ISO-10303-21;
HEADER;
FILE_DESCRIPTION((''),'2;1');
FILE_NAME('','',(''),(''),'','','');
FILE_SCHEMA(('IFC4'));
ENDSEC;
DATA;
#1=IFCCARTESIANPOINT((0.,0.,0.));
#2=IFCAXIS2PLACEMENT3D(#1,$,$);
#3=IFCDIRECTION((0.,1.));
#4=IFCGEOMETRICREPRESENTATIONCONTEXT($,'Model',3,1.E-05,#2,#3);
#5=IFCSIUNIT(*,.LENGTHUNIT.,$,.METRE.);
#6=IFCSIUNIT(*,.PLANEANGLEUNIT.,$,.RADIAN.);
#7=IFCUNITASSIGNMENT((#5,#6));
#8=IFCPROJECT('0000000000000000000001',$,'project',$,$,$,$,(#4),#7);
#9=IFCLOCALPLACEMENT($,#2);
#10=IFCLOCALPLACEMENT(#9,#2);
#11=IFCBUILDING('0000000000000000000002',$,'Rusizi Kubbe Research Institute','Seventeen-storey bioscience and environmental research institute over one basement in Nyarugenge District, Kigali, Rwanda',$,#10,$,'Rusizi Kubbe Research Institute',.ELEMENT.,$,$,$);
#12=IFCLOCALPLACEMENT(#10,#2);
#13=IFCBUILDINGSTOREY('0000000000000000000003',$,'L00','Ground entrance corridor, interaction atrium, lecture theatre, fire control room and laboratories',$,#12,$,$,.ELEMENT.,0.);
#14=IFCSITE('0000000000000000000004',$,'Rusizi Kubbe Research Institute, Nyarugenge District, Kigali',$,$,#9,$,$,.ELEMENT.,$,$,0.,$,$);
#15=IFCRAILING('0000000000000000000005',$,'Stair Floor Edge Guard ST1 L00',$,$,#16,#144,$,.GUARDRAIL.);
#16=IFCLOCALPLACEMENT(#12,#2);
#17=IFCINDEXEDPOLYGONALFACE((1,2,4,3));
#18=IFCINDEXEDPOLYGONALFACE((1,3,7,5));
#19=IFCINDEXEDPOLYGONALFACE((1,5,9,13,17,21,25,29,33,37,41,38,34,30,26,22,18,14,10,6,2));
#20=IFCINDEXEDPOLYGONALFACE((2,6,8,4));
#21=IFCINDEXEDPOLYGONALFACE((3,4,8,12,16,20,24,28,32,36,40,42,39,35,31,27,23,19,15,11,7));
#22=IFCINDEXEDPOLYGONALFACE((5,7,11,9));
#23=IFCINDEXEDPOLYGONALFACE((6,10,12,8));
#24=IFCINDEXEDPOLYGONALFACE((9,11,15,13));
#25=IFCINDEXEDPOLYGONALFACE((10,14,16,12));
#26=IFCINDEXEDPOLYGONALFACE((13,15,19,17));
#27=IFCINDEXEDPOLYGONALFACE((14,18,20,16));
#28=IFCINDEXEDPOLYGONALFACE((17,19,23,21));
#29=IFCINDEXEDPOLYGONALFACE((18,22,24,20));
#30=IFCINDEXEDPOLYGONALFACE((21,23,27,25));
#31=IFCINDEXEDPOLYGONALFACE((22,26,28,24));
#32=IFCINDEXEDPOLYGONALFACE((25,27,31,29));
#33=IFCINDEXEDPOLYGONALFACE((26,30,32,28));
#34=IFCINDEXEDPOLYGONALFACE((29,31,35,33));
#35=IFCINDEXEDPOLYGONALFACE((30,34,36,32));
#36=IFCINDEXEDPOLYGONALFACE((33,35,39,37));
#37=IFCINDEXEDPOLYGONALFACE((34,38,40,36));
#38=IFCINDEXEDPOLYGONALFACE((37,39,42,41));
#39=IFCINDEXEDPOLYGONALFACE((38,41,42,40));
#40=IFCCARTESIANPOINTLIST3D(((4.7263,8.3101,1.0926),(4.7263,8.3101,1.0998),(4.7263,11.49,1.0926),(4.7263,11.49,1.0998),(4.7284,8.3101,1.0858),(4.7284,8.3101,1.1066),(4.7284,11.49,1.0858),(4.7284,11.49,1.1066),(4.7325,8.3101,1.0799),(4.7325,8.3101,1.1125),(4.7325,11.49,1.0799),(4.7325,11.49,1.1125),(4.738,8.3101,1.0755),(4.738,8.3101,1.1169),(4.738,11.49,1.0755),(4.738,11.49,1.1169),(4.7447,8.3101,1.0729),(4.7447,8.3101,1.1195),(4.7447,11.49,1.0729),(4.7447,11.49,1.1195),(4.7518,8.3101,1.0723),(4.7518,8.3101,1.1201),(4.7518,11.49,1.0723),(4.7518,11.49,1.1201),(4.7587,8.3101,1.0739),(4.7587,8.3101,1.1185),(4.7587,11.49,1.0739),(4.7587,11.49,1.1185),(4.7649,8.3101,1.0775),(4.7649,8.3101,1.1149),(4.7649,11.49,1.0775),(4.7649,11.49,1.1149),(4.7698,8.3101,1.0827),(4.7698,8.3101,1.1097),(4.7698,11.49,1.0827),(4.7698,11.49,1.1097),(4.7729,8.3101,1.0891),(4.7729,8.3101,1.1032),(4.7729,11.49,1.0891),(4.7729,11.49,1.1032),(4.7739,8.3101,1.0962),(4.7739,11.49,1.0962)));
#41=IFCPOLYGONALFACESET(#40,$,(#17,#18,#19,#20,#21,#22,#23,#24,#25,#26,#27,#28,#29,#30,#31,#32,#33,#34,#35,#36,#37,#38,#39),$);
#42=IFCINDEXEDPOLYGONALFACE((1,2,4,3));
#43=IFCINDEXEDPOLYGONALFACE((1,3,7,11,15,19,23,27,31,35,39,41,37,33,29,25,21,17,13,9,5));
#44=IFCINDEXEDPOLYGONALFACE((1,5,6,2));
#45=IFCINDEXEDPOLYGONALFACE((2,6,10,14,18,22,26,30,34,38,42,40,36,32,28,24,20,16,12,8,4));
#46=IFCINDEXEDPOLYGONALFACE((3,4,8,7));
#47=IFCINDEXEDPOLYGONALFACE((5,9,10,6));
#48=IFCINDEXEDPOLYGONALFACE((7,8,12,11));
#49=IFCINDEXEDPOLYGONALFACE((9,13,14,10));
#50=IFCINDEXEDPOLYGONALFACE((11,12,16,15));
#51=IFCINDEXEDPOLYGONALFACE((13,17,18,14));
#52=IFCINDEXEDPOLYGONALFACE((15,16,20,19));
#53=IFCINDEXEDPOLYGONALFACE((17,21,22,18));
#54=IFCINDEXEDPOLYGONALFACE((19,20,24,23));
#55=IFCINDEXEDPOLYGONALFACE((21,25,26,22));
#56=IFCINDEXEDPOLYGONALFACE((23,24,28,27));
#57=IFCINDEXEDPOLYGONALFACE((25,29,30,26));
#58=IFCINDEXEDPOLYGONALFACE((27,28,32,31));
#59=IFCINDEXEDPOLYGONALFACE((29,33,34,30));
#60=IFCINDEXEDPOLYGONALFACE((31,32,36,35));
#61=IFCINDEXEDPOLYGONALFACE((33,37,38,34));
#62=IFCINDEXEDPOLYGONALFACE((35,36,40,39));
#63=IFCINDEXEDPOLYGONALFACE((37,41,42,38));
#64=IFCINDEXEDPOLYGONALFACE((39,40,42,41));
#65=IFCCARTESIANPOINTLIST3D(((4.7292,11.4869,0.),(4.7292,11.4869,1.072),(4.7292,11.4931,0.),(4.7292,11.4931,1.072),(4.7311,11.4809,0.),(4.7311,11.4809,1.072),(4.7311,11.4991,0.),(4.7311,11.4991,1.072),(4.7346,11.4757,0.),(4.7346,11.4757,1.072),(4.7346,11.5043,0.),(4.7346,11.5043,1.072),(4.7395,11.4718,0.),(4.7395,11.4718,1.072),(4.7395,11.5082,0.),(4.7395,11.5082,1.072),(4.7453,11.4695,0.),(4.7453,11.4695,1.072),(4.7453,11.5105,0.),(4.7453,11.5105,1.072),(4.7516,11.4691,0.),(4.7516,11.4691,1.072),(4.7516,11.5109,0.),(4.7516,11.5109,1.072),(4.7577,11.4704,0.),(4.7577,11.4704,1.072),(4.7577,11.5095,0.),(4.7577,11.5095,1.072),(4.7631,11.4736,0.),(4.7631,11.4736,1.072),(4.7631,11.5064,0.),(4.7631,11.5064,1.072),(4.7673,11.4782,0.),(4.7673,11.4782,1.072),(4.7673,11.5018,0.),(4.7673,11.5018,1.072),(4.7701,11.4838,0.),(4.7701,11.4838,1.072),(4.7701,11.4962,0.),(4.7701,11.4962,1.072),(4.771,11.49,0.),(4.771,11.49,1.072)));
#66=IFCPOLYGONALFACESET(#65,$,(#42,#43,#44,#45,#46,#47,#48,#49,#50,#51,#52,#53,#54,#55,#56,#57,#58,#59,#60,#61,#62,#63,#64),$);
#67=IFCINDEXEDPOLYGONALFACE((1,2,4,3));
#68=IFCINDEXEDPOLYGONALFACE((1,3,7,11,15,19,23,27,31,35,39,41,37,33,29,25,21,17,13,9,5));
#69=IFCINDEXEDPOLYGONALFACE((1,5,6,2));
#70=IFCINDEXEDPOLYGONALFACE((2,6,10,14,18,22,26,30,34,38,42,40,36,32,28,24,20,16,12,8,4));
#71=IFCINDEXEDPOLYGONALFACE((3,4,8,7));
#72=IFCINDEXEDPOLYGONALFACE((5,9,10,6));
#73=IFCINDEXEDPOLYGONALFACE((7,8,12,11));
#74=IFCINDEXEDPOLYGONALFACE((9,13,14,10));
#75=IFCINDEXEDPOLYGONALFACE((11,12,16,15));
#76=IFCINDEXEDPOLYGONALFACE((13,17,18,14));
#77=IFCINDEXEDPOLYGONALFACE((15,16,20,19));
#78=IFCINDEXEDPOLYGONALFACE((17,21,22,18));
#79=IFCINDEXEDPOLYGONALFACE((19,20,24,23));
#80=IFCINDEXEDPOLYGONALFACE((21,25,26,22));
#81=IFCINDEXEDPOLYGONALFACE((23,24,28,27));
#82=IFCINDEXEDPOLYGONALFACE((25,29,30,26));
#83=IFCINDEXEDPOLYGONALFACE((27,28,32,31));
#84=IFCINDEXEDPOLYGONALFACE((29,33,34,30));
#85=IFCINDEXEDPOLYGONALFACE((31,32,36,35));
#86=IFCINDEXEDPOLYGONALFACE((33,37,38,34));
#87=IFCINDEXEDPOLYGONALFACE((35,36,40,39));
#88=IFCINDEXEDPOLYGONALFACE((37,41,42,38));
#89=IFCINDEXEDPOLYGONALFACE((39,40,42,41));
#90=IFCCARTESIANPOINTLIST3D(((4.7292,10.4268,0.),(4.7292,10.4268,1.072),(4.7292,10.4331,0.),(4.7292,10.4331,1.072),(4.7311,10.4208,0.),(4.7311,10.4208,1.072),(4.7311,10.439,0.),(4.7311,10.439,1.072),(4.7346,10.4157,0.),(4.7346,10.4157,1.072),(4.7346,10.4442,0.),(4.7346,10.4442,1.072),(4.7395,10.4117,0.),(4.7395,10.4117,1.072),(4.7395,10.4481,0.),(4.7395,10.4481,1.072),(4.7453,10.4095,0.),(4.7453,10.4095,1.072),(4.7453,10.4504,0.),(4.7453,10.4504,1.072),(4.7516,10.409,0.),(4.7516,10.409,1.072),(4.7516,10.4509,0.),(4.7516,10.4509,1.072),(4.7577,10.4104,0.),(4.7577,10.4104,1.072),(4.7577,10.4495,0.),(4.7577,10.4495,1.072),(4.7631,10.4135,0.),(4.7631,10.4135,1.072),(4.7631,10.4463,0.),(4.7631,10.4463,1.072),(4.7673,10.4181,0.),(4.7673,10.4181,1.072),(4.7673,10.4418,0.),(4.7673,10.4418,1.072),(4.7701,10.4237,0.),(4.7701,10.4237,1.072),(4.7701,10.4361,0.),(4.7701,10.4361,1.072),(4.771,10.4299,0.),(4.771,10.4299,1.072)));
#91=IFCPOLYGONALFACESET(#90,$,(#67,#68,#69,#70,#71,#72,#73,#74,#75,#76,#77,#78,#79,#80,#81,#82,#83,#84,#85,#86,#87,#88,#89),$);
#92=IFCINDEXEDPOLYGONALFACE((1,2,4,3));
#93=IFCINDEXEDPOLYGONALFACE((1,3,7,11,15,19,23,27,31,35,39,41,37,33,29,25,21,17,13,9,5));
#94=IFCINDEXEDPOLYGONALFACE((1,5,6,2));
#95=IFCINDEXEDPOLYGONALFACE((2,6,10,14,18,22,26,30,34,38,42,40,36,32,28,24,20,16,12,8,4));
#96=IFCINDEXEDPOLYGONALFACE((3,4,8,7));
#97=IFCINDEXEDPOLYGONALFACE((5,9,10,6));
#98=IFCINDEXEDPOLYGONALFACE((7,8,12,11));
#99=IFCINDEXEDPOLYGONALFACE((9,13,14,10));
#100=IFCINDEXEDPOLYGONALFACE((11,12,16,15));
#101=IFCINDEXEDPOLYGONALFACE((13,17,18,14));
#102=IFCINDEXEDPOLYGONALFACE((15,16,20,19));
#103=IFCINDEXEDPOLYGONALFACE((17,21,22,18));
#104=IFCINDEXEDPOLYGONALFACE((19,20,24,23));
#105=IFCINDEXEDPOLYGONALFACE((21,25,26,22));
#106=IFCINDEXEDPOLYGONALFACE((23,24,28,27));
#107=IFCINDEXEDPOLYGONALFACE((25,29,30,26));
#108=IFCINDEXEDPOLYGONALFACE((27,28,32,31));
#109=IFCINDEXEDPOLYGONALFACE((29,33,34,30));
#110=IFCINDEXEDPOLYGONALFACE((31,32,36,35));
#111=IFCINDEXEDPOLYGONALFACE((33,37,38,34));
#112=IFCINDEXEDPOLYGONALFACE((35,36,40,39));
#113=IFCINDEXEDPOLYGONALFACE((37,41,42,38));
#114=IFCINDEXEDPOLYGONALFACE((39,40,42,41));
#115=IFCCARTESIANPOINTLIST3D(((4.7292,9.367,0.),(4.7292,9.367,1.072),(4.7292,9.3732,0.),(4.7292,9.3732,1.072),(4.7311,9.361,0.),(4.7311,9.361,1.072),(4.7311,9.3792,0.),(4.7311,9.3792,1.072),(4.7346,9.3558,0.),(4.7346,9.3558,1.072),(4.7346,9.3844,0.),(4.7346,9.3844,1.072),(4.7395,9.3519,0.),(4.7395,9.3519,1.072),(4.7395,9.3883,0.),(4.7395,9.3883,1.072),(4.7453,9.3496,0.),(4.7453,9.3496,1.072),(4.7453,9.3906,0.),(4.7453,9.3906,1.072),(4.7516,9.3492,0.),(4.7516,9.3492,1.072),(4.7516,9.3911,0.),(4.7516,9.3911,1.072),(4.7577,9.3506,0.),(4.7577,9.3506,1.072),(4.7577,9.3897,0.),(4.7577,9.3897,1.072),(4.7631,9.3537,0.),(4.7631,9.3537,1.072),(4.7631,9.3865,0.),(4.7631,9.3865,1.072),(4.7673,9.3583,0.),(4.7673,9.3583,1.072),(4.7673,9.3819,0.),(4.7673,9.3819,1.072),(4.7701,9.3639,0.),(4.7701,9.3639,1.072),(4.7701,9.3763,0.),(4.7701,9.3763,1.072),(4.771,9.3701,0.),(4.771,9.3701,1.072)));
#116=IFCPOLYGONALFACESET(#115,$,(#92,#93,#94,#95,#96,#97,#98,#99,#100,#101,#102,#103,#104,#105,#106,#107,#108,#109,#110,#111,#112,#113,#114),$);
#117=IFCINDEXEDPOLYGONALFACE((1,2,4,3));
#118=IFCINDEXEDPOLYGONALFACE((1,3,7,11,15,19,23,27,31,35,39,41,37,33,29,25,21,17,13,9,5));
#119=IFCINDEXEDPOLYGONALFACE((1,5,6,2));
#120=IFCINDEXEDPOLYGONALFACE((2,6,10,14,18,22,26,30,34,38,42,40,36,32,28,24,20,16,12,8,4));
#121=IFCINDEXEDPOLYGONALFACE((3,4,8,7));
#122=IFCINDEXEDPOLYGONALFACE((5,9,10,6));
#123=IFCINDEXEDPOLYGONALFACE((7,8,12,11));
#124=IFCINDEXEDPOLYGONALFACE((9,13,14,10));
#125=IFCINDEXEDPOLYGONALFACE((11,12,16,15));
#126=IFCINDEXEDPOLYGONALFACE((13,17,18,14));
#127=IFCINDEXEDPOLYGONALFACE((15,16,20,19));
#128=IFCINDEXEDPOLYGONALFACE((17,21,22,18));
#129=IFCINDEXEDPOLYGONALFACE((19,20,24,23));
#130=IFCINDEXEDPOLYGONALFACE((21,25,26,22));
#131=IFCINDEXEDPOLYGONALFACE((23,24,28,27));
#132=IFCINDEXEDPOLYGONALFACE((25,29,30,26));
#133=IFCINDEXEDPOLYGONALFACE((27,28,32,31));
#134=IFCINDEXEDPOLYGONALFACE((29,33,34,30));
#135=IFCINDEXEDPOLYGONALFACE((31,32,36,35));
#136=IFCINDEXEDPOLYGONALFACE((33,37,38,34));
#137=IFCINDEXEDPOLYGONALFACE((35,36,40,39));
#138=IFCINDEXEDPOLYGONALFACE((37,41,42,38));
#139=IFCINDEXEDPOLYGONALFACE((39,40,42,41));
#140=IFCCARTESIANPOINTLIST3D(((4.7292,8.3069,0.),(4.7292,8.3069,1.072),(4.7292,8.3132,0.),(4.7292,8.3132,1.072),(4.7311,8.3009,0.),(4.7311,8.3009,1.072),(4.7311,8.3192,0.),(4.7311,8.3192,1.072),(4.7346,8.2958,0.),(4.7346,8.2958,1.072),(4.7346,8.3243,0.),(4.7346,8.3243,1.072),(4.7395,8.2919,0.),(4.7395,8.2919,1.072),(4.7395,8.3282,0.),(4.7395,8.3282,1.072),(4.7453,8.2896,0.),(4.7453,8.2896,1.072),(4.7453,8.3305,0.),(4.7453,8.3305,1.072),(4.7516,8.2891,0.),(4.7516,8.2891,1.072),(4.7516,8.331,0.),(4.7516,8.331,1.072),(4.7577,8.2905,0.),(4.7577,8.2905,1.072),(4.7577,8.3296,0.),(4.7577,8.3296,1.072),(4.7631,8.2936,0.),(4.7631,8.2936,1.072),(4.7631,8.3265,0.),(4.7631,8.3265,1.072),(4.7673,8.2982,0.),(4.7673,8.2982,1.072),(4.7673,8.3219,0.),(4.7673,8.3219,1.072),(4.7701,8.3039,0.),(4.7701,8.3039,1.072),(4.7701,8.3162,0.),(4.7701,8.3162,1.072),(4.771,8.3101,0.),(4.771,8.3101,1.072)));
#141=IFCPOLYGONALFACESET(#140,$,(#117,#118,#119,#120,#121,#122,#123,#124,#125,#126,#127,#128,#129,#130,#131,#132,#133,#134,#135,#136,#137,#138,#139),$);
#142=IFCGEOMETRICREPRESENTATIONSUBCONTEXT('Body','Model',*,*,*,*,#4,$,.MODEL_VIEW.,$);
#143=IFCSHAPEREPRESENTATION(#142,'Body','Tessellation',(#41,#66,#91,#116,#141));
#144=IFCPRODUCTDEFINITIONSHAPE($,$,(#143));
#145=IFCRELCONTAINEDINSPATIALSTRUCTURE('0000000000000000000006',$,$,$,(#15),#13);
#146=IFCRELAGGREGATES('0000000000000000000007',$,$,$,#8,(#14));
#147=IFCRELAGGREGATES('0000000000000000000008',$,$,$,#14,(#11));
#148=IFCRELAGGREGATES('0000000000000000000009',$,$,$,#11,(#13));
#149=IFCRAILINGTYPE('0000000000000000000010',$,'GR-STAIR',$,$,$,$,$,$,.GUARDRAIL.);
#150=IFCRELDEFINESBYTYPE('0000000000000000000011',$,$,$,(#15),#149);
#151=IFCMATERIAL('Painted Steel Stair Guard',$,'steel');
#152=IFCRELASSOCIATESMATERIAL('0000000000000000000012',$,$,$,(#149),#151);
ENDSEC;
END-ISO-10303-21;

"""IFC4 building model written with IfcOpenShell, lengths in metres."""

from ifc_helpers import new_model, si_unit, direction, frame, origin, origin_2d, place, context, subcontext, project, spatial, circle, extrude, material, type_object, element, save


model = new_model("IFC4")

# Units and contexts
model_context = context("Model", 3, precision=1e-05, world=origin(), true_north=direction((0.0, 1.0)))
body_context = subcontext(model_context, "Body", "Model", "MODEL_VIEW")
ifc_project = project(units=[si_unit("LENGTHUNIT", "METRE"), si_unit("PLANEANGLEUNIT", "RADIAN")], contexts=[model_context])

# Site, building, storey
site_placement = place(None, origin())
site = spatial("IfcSite", under=ifc_project, at=site_placement, Name="Rusizi Kubbe Research Institute, Nyarugenge District, Kigali", CompositionType="ELEMENT", RefElevation=0.0)
building_placement = place(site_placement, origin())
building = spatial("IfcBuilding", under=site, at=building_placement, Name="Rusizi Kubbe Research Institute", Description="Seventeen-storey bioscience and environmental research institute over one basement in Nyarugenge District, Kigali, Rwanda", LongName="Rusizi Kubbe Research Institute", CompositionType="ELEMENT")
storey_placement = place(building_placement, origin())
storey = spatial("IfcBuildingStorey", under=building, at=storey_placement, Name="L00", Description="Ground entrance corridor, interaction atrium, lecture theatre, fire control room and laboratories", CompositionType="ELEMENT", Elevation=0.0)

# Railing
ifc_material_1 = material(Name="Painted Steel Stair Guard", Category="steel")
railing_type = type_object("IfcRailingType", Name="GR-STAIR", PredefinedType="GUARDRAIL", material=ifc_material_1)
railing_placement = place(storey_placement, frame((4.75, 11.49, 0.0)))
element("IfcRailing", 1, at=railing_placement, inside=storey, type_object=railing_type, Name="Stair Floor Edge Guard ST1 L00", PredefinedType="GUARDRAIL", context=body_context, shape_type="SweptSolid", body=[
    extrude(circle(Radius=0.0239, at=origin_2d()), frame((0.0, 0.0, 1.0962), z_axis=(0.0, -1.0, 0.0), x_axis=(1.0, 0.0, 0.0)), (0.0, 0.0, 1.0), 3.1799),
    extrude(circle(Radius=0.021, at=origin_2d()), origin(), (0.0, 0.0, 1.0), 1.072),
    extrude(circle(Radius=0.021, at=origin_2d()), frame((0.0, -1.0601, 0.0)), (0.0, 0.0, 1.0), 1.072),
    extrude(circle(Radius=0.021, at=origin_2d()), frame((0.0, -2.1199, 0.0)), (0.0, 0.0, 1.0), 1.072),
    extrude(circle(Radius=0.021, at=origin_2d()), frame((0.0, -3.1799, 0.0)), (0.0, 0.0, 1.0), 1.072),
])

save(model, "model.ifc")
